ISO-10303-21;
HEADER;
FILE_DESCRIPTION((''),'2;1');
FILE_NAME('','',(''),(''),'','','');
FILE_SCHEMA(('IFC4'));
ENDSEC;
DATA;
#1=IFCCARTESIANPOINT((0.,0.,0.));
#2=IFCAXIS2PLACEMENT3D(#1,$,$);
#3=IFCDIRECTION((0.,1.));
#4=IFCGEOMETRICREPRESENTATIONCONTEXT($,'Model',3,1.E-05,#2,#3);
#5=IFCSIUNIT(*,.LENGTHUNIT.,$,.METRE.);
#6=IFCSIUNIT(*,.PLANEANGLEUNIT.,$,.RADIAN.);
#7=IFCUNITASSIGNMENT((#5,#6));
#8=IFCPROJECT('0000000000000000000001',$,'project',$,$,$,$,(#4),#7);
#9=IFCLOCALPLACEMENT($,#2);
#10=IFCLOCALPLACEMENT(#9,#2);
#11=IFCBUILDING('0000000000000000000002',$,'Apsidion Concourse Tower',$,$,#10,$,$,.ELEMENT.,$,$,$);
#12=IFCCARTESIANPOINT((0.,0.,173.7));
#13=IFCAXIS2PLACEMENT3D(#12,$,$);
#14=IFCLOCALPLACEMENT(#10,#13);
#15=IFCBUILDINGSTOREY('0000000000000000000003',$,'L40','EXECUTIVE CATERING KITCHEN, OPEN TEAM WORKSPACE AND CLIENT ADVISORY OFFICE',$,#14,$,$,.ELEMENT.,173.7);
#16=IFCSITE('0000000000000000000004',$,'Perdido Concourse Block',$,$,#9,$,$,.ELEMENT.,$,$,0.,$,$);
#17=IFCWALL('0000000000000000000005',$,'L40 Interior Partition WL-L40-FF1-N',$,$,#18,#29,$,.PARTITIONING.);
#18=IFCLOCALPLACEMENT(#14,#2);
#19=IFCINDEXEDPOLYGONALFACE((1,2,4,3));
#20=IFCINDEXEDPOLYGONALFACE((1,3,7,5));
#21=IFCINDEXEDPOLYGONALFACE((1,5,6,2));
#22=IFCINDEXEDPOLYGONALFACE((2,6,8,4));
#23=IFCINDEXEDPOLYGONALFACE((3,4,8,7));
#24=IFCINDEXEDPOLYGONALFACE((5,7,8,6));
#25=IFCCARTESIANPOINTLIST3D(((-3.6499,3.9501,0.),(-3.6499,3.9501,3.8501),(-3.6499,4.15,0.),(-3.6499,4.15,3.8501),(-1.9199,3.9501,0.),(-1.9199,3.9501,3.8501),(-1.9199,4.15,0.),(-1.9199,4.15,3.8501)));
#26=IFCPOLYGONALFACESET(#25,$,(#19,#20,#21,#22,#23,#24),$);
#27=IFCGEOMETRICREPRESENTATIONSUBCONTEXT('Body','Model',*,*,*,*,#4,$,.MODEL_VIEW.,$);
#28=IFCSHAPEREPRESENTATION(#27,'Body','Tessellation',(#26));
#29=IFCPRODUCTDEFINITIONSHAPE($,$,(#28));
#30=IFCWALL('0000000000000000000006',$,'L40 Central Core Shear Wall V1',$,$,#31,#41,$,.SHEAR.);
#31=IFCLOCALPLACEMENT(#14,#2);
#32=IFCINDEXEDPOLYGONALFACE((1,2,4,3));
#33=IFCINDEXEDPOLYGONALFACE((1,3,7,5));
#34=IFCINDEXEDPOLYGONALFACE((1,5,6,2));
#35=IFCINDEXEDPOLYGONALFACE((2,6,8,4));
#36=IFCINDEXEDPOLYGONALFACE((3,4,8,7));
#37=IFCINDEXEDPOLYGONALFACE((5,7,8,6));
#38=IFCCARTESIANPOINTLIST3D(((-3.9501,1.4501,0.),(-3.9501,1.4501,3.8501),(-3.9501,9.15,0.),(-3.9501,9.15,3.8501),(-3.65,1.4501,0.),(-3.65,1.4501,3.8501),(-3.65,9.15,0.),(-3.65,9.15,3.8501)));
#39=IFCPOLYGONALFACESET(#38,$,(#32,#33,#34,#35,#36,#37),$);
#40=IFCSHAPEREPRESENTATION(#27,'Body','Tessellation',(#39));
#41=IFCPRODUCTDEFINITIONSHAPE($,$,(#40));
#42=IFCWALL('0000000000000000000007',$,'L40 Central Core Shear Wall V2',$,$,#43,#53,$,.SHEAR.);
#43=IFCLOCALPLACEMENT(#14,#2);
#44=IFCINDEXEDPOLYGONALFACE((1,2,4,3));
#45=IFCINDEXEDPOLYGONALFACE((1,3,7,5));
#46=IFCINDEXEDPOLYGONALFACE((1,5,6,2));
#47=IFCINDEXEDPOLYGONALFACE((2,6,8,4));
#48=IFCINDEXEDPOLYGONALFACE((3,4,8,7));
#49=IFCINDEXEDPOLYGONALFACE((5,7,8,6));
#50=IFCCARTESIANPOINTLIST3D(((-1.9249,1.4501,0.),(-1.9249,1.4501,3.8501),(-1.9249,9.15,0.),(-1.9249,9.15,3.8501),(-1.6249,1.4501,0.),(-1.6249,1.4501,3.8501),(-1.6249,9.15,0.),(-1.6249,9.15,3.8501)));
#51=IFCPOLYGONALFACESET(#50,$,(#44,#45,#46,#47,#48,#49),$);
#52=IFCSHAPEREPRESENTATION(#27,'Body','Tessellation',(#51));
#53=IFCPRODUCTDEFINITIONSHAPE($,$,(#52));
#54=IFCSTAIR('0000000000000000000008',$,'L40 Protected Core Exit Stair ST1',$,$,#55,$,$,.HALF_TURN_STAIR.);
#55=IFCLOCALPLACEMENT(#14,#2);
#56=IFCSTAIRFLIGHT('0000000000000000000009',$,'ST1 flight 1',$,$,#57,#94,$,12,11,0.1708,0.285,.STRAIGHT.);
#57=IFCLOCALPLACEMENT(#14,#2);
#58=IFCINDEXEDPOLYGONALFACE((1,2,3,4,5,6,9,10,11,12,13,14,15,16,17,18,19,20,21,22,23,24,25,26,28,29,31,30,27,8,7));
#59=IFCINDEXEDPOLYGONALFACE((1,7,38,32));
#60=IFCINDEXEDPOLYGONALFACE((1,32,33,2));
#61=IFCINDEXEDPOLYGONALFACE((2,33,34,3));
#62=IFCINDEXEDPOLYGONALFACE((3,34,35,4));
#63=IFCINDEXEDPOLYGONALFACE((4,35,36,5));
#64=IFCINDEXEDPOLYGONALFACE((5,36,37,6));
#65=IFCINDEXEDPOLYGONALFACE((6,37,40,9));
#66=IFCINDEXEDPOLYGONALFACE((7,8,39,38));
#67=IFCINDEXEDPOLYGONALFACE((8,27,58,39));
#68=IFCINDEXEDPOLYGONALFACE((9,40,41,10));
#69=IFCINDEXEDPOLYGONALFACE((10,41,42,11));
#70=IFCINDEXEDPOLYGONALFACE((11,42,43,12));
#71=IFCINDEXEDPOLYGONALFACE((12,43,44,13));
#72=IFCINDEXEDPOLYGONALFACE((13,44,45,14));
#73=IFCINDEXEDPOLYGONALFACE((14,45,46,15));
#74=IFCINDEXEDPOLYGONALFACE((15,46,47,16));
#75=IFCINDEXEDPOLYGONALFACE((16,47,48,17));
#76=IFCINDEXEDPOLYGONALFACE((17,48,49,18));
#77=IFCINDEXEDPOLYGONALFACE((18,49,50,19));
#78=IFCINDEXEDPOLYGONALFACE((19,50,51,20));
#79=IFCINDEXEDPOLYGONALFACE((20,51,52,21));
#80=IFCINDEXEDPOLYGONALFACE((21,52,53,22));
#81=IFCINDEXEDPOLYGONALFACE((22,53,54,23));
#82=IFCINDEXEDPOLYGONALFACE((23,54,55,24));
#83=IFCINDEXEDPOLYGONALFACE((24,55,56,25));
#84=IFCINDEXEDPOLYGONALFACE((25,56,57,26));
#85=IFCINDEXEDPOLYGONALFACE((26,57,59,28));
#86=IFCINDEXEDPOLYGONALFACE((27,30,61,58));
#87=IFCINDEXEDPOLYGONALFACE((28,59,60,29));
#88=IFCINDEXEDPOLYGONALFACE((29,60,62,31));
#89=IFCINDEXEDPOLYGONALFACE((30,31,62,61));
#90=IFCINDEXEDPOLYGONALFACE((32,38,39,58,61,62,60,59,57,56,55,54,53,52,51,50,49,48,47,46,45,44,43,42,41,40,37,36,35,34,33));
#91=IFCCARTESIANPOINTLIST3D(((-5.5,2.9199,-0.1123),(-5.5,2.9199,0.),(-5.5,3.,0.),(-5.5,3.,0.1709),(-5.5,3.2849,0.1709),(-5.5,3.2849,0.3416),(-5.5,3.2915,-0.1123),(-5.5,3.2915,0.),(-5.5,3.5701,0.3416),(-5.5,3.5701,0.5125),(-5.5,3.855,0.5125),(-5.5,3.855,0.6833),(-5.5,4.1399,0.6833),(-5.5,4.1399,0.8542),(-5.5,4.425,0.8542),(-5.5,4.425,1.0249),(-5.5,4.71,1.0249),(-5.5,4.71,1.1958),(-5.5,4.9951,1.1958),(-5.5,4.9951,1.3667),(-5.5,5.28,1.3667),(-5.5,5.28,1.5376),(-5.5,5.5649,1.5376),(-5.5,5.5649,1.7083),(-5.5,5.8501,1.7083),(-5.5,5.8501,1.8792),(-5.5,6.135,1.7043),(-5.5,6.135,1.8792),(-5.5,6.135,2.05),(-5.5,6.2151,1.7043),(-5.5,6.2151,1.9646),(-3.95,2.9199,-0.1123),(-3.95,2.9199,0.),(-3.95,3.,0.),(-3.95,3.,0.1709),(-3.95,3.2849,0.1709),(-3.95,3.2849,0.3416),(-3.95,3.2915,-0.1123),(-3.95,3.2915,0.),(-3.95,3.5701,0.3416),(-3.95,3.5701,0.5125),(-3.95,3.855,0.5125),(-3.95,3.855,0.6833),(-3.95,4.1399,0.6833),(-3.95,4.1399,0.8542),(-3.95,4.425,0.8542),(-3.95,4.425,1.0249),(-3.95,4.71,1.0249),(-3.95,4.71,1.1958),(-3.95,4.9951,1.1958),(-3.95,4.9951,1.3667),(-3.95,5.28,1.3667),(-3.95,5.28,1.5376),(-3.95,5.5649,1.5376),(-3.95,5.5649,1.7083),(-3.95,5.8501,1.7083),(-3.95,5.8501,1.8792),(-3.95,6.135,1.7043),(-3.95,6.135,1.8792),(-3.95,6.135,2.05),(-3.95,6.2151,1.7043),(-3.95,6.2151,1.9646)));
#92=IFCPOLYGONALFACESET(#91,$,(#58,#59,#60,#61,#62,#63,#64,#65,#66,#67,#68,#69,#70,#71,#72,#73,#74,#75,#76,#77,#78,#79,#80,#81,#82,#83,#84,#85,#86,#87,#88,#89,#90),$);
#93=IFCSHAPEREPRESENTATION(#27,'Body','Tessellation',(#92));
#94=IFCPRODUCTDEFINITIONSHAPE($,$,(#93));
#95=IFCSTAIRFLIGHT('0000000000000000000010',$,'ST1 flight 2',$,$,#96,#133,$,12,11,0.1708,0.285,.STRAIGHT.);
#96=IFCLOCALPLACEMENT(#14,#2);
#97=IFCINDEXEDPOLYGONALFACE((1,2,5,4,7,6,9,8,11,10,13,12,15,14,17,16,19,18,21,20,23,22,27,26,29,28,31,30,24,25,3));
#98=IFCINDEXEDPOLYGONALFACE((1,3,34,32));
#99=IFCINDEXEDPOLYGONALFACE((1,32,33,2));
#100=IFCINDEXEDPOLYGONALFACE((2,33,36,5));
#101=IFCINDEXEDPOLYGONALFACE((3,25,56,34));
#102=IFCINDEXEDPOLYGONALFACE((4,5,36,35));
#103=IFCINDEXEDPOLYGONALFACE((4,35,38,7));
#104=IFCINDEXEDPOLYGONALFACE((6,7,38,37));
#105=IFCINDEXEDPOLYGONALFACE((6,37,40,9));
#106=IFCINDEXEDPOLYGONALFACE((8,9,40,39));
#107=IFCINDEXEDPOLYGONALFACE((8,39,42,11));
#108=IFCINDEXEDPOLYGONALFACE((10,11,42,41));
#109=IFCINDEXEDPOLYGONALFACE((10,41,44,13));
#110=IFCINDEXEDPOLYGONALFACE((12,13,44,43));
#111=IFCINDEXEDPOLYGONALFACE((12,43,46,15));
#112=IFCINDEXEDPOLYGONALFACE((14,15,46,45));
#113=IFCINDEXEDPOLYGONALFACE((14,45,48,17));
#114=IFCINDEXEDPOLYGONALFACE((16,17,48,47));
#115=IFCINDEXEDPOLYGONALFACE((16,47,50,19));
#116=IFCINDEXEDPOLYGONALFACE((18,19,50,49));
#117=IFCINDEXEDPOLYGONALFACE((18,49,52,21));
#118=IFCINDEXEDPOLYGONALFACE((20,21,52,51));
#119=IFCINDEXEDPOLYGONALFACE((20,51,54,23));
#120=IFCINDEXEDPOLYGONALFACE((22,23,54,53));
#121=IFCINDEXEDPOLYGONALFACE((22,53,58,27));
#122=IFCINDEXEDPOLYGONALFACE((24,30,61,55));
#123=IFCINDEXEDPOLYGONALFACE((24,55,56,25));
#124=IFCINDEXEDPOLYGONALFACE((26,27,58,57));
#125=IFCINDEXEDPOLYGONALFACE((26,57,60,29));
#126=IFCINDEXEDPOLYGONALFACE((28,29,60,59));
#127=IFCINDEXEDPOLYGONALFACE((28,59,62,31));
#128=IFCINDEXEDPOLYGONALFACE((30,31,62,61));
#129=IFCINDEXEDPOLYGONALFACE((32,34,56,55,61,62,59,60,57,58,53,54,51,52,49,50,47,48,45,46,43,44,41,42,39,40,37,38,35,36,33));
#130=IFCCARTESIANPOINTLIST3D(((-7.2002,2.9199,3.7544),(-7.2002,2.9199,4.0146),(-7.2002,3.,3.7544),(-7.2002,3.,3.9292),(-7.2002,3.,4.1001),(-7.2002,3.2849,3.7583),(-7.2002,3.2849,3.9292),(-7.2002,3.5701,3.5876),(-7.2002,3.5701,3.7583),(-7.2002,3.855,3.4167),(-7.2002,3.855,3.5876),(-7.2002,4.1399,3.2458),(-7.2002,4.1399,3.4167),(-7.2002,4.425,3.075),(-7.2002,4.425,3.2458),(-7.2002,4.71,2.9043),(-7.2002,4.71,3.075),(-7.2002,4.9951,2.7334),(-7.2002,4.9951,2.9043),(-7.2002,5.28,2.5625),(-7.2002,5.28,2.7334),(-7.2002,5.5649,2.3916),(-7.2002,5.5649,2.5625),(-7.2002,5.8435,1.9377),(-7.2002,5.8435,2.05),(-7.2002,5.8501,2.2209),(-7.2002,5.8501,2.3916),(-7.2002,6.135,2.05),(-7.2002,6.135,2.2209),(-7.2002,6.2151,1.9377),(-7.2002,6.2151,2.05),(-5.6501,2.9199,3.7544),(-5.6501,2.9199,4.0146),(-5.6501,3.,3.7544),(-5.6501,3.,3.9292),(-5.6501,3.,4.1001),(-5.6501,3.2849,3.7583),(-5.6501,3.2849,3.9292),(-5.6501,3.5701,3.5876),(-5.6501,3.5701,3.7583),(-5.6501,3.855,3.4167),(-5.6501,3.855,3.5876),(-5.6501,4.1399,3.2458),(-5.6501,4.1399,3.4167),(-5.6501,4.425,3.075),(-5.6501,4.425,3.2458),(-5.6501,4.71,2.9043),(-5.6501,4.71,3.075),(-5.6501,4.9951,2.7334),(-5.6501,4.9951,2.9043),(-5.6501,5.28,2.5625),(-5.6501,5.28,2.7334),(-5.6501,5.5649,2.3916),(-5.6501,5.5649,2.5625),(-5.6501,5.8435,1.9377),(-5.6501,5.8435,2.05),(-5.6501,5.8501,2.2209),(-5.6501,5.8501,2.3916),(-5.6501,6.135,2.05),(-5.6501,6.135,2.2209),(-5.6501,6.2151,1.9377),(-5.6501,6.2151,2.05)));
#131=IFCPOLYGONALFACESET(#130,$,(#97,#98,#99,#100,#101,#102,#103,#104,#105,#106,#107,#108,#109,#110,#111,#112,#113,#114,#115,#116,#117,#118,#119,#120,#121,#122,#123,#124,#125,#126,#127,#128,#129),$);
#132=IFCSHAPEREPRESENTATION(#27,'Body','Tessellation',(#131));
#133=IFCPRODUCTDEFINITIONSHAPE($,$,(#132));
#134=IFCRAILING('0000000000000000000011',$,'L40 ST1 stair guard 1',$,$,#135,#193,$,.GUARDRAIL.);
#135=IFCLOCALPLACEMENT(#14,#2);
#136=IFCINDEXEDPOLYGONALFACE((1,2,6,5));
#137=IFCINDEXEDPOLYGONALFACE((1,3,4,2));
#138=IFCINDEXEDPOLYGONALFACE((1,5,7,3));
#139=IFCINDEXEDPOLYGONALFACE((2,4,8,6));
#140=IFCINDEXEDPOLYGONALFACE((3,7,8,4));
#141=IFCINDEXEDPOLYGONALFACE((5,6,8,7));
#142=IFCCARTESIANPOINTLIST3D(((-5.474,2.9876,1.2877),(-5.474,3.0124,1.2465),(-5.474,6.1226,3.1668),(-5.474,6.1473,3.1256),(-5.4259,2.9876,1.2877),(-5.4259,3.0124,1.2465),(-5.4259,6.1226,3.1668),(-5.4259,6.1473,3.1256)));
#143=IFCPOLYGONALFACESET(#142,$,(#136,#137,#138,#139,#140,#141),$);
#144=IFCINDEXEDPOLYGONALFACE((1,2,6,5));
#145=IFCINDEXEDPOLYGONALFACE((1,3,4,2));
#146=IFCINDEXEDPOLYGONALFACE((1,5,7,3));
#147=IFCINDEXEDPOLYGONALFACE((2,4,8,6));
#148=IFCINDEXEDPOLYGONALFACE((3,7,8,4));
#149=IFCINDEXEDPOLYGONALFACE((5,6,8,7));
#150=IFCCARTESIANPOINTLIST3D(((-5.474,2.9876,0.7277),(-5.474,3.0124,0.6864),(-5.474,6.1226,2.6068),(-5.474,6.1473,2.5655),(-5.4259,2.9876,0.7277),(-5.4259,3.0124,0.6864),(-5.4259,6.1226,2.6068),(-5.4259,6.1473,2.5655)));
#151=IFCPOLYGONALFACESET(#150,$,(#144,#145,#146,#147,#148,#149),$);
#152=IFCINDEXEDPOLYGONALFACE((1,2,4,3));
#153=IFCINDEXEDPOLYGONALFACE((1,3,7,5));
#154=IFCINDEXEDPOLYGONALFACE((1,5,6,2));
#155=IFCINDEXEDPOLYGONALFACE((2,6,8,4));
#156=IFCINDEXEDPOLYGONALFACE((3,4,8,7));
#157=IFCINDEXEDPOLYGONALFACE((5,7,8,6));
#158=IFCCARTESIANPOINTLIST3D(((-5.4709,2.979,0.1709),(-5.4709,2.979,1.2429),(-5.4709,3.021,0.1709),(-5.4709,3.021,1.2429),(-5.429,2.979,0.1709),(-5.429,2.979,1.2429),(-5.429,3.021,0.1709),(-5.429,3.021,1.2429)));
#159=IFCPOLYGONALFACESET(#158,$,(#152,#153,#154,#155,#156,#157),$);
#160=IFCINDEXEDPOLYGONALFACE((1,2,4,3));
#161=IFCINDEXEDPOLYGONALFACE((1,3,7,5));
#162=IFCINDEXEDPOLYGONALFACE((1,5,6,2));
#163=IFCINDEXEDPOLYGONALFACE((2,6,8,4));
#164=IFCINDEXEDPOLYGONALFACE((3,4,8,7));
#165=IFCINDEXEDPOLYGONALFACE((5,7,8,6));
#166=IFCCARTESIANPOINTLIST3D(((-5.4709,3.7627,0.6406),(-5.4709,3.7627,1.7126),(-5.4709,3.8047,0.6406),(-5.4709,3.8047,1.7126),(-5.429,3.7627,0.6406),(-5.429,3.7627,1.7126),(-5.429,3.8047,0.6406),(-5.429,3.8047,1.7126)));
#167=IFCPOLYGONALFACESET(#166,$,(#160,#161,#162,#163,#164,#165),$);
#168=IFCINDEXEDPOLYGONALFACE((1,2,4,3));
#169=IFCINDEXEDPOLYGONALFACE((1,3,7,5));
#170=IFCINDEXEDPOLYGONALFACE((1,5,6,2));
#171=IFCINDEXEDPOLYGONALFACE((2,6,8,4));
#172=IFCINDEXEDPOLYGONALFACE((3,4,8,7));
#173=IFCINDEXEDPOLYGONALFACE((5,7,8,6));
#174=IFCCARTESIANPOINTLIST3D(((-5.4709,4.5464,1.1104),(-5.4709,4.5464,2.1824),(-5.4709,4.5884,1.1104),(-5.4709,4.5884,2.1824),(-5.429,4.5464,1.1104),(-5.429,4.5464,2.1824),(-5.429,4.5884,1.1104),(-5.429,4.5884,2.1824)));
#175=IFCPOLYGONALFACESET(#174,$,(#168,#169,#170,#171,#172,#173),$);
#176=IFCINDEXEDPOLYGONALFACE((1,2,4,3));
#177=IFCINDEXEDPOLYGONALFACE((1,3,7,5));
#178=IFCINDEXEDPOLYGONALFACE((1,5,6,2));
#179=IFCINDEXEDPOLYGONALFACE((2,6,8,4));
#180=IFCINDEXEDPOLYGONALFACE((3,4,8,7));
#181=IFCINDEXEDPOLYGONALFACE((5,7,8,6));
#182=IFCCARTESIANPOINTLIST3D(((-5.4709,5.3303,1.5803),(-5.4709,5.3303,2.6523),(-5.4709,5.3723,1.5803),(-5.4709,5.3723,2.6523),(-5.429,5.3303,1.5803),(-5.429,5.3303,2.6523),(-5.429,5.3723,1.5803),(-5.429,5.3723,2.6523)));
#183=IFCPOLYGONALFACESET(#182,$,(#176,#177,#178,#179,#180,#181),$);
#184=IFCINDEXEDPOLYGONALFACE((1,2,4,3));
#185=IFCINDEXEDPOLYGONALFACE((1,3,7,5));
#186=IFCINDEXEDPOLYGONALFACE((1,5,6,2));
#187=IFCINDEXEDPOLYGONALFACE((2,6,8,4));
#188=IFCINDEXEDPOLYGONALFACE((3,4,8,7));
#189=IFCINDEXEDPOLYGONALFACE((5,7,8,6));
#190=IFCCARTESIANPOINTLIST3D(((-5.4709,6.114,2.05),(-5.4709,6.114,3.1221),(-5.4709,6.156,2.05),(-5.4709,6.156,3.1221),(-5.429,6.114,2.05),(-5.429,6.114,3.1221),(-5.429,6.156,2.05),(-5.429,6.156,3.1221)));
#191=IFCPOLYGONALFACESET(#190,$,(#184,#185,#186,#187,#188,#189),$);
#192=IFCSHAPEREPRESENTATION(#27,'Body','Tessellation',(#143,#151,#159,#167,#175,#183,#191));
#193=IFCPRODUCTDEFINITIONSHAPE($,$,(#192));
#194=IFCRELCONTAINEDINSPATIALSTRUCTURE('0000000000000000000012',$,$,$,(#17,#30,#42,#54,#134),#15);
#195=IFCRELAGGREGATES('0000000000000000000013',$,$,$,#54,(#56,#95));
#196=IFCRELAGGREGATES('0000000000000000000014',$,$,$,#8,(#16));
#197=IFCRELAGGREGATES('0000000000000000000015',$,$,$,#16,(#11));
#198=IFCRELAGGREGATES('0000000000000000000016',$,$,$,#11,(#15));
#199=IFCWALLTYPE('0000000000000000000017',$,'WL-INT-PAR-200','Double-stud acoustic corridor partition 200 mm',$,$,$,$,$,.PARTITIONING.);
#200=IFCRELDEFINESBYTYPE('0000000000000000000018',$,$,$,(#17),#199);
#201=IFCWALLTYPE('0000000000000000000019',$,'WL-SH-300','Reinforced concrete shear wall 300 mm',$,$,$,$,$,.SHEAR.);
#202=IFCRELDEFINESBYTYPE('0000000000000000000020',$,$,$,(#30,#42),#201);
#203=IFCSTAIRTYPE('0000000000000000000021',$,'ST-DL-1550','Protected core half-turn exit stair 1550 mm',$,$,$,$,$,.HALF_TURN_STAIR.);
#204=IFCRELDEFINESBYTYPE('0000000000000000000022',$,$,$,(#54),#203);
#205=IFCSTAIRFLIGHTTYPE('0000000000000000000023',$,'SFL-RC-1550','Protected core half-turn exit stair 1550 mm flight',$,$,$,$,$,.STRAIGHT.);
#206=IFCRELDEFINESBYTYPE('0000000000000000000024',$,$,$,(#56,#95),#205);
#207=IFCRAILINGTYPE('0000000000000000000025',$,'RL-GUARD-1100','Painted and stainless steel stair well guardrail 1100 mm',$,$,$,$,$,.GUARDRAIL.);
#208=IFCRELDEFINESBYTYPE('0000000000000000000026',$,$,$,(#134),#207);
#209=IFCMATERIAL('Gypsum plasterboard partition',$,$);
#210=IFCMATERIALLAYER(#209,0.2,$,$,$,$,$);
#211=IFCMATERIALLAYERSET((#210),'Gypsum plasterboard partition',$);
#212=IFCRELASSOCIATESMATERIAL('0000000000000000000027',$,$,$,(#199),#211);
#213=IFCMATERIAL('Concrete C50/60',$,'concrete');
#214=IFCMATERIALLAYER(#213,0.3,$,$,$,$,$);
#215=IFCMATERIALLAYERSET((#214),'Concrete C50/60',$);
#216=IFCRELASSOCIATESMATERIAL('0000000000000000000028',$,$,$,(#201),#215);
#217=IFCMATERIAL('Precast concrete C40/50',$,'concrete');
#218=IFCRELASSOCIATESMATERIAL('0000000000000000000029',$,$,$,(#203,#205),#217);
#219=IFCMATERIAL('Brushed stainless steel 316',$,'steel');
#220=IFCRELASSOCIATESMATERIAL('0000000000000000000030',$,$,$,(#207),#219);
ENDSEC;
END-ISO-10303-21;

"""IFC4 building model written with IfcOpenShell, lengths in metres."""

from ifc_helpers import new_model, si_unit, direction, frame, frame_2d, origin, origin_2d, place, context, subcontext, project, spatial, polyline, rectangle, outline, extrude, material, layer, layer_set, type_object, element, aggregate, save


model = new_model("IFC4")

# Units and contexts
model_context = context("Model", 3, precision=1e-05, world=origin(), true_north=direction((0.0, 1.0)))
body_context = subcontext(model_context, "Body", "Model", "MODEL_VIEW")
ifc_project = project(units=[si_unit("LENGTHUNIT", "METRE"), si_unit("PLANEANGLEUNIT", "RADIAN")], contexts=[model_context])

# Site, building, storey
site_placement = place(None, origin())
site = spatial("IfcSite", under=ifc_project, at=site_placement, Name="Perdido Concourse Block", CompositionType="ELEMENT", RefElevation=0.0)
building_placement = place(site_placement, origin())
building = spatial("IfcBuilding", under=site, at=building_placement, Name="Apsidion Concourse Tower", CompositionType="ELEMENT")
storey_placement = place(building_placement, frame((0.0, 0.0, 173.7)))
storey = spatial("IfcBuildingStorey", under=building, at=storey_placement, Name="L40", Description="EXECUTIVE CATERING KITCHEN, OPEN TEAM WORKSPACE AND CLIENT ADVISORY OFFICE", CompositionType="ELEMENT", Elevation=173.7)

# Shared definitions
ifc_material_1 = material(Name="Concrete C50/60", Category="concrete")

# Shared definitions
ifc_material_2 = material(Name="Gypsum plasterboard partition")

# Shared definitions
ifc_material_3 = material(Name="Brushed stainless steel 316", Category="steel")

# Walls
ifc_layer_1 = layer(ifc_material_2, 0.2)
ifc_layer_set_1 = layer_set([ifc_layer_1], Name="Gypsum plasterboard partition")
wall_type_1 = type_object("IfcWallType", Name="WL-INT-PAR-200", Description="Double-stud acoustic corridor partition 200 mm", PredefinedType="PARTITIONING", material=ifc_layer_set_1)
wall_1_placement = place(storey_placement, frame((-3.6499, 4.05, 0.0), z_axis=(0.0, 0.0, 1.0), x_axis=(1.0, 0.0, 0.0)))
element("IfcWall", 1, at=wall_1_placement, inside=storey, type_object=wall_type_1, Name="L40 Interior Partition WL-L40-FF1-N", PredefinedType="PARTITIONING", context=body_context, shape_type="SweptSolid", body=[
    extrude(rectangle(XDim=1.73, YDim=0.2, at=frame_2d((0.865, 0.0))), origin(), (0.0, 0.0, 1.0), 3.8501),
])
ifc_layer_2 = layer(ifc_material_1, 0.3)
ifc_layer_set_2 = layer_set([ifc_layer_2], Name="Concrete C50/60")
wall_type_2 = type_object("IfcWallType", Name="WL-SH-300", Description="Reinforced concrete shear wall 300 mm", PredefinedType="SHEAR", material=ifc_layer_set_2)
for number, where, z_axis, x_axis, name in (
    (2, (-3.8, 1.45, 0.0), (0.0, 0.0, 1.0), (0.0, 1.0, 0.0), "L40 Central Core Shear Wall V1"),
    (3, (-1.7749, 1.45, 0.0), (0.0, 0.0, 1.0), (0.0, 1.0, 0.0), "L40 Central Core Shear Wall V2"),
):
    element("IfcWall", number, at=place(storey_placement, frame(where, z_axis=z_axis, x_axis=x_axis)), inside=storey, type_object=wall_type_2, Name=name, PredefinedType="SHEAR", context=body_context, shape_type="SweptSolid", body=[
        extrude(rectangle(XDim=7.7, YDim=0.3, at=frame_2d((3.8501, 0.0))), origin(), (0.0, 0.0, 1.0), 3.8501),
    ])

# Stair, stair flights
ifc_material_4 = material(Name="Precast concrete C40/50", Category="concrete")
stair_type = type_object("IfcStairType", Name="ST-DL-1550", Description="Protected core half-turn exit stair 1550 mm", PredefinedType="HALF_TURN_STAIR", material=ifc_material_4)
stair_placement = place(storey_placement, origin())
stair = element("IfcStair", 4, at=stair_placement, inside=storey, type_object=stair_type, Name="L40 Protected Core Exit Stair ST1", PredefinedType="HALF_TURN_STAIR")
stair_flight_type = type_object("IfcStairFlightType", Name="SFL-RC-1550", Description="Protected core half-turn exit stair 1550 mm flight", PredefinedType="STRAIGHT", material=ifc_material_4)
stair_flight_1_placement = place(storey_placement, frame((-4.7251, 3.0, 0.0), z_axis=(0.0, 0.0, 1.0), x_axis=(0.0, 1.0, 0.0)))
stair_flight_1 = element("IfcStairFlight", 5, at=stair_flight_1_placement, type_object=stair_flight_type, Name="ST1 flight 1", NumberOfRisers=12, NumberOfTreads=11, PredefinedType="STRAIGHT", RiserHeight=0.1708, TreadLength=0.285, context=body_context, shape_type="SweptSolid", body=[
    extrude(outline(polyline([(-0.0801, -0.1123), (-0.0801, 0.0), (0.0, 0.0), (0.0, 0.1709), (0.2849, 0.1709), (0.2849, 0.3416), (0.5701, 0.3416), (0.5701, 0.5125), (0.855, 0.5125), (0.855, 0.6833), (1.1399, 0.6833), (1.1399, 0.8542), (1.425, 0.8542), (1.425, 1.0249), (1.71, 1.0249), (1.71, 1.1958), (1.9951, 1.1958), (1.9951, 1.3667), (2.28, 1.3667), (2.28, 1.5376), (2.5649, 1.5376), (2.5649, 1.7083), (2.8501, 1.7083), (2.8501, 1.8792), (3.135, 1.8792), (3.135, 2.05), (3.2151, 1.9646), (3.2151, 1.7043), (3.135, 1.7043), (0.2915, 0.0), (0.2915, -0.1123), (-0.0801, -0.1123)])), frame((0.0, 0.7749, 0.0), z_axis=(0.0, -1.0, 0.0), x_axis=(1.0, 0.0, 0.0)), (0.0, 0.0, 1.0), 1.55),
])
stair_flight_2_placement = place(storey_placement, frame((-6.425, 6.135, 2.05), z_axis=(0.0, 0.0, 1.0), x_axis=(0.0, -1.0, 0.0)))
stair_flight_2 = element("IfcStairFlight", 6, at=stair_flight_2_placement, type_object=stair_flight_type, Name="ST1 flight 2", NumberOfRisers=12, NumberOfTreads=11, PredefinedType="STRAIGHT", RiserHeight=0.1708, TreadLength=0.285, context=body_context, shape_type="SweptSolid", body=[
    extrude(outline(polyline([(-0.0801, -0.1123), (-0.0801, 0.0), (0.0, 0.0), (0.0, 0.1709), (0.2849, 0.1709), (0.2849, 0.3416), (0.5701, 0.3416), (0.5701, 0.5125), (0.855, 0.5125), (0.855, 0.6833), (1.1399, 0.6833), (1.1399, 0.8542), (1.425, 0.8542), (1.425, 1.0249), (1.71, 1.0249), (1.71, 1.1958), (1.9951, 1.1958), (1.9951, 1.3667), (2.28, 1.3667), (2.28, 1.5376), (2.5649, 1.5376), (2.5649, 1.7083), (2.8501, 1.7083), (2.8501, 1.8792), (3.135, 1.8792), (3.135, 2.05), (3.2151, 1.9646), (3.2151, 1.7043), (3.135, 1.7043), (0.2915, 0.0), (0.2915, -0.1123), (-0.0801, -0.1123)])), frame((0.0, 0.7749, 0.0), z_axis=(0.0, -1.0, 0.0), x_axis=(1.0, 0.0, 0.0)), (0.0, 0.0, 1.0), 1.55),
])
aggregate(stair, [stair_flight_1, stair_flight_2])

# Railing
railing_type_1 = type_object("IfcRailingType", Name="RL-GUARD-1100", Description="Painted and stainless steel stair well guardrail 1100 mm", PredefinedType="GUARDRAIL", material=ifc_material_3)
railing_1_placement = place(storey_placement, frame((-5.45, 3.0, 0.1709)))
element("IfcRailing", 7, at=railing_1_placement, inside=storey, type_object=railing_type_1, Name="L40 ST1 stair guard 1", PredefinedType="GUARDRAIL", context=body_context, shape_type="SweptSolid", body=[
    extrude(rectangle(XDim=0.0481, YDim=0.0481, at=origin_2d()), frame((0.0, 0.0, 1.0962), z_axis=(0.0, 0.857717, 0.514122), x_axis=(-1.0, 0.0, 0.0)), (0.0, 0.0, 1.0), 3.655),
    extrude(rectangle(XDim=0.0481, YDim=0.0481, at=origin_2d()), frame((0.0, 0.0, 0.5361), z_axis=(0.0, 0.857717, 0.514122), x_axis=(-1.0, 0.0, 0.0)), (0.0, 0.0, 1.0), 3.655),
    extrude(rectangle(XDim=0.042, YDim=0.042, at=origin_2d()), origin(), (0.0, 0.0, 1.0), 1.072),
    extrude(rectangle(XDim=0.042, YDim=0.042, at=origin_2d()), frame((0.0, 0.7837, 0.4697)), (0.0, 0.0, 1.0), 1.072),
    extrude(rectangle(XDim=0.042, YDim=0.042, at=origin_2d()), frame((0.0, 1.5674, 0.9395)), (0.0, 0.0, 1.0), 1.072),
    extrude(rectangle(XDim=0.042, YDim=0.042, at=origin_2d()), frame((0.0, 2.3513, 1.4094)), (0.0, 0.0, 1.0), 1.072),
    extrude(rectangle(XDim=0.042, YDim=0.042, at=origin_2d()), frame((0.0, 3.135, 1.8792)), (0.0, 0.0, 1.0), 1.072),
])

save(model, "model.ifc")
